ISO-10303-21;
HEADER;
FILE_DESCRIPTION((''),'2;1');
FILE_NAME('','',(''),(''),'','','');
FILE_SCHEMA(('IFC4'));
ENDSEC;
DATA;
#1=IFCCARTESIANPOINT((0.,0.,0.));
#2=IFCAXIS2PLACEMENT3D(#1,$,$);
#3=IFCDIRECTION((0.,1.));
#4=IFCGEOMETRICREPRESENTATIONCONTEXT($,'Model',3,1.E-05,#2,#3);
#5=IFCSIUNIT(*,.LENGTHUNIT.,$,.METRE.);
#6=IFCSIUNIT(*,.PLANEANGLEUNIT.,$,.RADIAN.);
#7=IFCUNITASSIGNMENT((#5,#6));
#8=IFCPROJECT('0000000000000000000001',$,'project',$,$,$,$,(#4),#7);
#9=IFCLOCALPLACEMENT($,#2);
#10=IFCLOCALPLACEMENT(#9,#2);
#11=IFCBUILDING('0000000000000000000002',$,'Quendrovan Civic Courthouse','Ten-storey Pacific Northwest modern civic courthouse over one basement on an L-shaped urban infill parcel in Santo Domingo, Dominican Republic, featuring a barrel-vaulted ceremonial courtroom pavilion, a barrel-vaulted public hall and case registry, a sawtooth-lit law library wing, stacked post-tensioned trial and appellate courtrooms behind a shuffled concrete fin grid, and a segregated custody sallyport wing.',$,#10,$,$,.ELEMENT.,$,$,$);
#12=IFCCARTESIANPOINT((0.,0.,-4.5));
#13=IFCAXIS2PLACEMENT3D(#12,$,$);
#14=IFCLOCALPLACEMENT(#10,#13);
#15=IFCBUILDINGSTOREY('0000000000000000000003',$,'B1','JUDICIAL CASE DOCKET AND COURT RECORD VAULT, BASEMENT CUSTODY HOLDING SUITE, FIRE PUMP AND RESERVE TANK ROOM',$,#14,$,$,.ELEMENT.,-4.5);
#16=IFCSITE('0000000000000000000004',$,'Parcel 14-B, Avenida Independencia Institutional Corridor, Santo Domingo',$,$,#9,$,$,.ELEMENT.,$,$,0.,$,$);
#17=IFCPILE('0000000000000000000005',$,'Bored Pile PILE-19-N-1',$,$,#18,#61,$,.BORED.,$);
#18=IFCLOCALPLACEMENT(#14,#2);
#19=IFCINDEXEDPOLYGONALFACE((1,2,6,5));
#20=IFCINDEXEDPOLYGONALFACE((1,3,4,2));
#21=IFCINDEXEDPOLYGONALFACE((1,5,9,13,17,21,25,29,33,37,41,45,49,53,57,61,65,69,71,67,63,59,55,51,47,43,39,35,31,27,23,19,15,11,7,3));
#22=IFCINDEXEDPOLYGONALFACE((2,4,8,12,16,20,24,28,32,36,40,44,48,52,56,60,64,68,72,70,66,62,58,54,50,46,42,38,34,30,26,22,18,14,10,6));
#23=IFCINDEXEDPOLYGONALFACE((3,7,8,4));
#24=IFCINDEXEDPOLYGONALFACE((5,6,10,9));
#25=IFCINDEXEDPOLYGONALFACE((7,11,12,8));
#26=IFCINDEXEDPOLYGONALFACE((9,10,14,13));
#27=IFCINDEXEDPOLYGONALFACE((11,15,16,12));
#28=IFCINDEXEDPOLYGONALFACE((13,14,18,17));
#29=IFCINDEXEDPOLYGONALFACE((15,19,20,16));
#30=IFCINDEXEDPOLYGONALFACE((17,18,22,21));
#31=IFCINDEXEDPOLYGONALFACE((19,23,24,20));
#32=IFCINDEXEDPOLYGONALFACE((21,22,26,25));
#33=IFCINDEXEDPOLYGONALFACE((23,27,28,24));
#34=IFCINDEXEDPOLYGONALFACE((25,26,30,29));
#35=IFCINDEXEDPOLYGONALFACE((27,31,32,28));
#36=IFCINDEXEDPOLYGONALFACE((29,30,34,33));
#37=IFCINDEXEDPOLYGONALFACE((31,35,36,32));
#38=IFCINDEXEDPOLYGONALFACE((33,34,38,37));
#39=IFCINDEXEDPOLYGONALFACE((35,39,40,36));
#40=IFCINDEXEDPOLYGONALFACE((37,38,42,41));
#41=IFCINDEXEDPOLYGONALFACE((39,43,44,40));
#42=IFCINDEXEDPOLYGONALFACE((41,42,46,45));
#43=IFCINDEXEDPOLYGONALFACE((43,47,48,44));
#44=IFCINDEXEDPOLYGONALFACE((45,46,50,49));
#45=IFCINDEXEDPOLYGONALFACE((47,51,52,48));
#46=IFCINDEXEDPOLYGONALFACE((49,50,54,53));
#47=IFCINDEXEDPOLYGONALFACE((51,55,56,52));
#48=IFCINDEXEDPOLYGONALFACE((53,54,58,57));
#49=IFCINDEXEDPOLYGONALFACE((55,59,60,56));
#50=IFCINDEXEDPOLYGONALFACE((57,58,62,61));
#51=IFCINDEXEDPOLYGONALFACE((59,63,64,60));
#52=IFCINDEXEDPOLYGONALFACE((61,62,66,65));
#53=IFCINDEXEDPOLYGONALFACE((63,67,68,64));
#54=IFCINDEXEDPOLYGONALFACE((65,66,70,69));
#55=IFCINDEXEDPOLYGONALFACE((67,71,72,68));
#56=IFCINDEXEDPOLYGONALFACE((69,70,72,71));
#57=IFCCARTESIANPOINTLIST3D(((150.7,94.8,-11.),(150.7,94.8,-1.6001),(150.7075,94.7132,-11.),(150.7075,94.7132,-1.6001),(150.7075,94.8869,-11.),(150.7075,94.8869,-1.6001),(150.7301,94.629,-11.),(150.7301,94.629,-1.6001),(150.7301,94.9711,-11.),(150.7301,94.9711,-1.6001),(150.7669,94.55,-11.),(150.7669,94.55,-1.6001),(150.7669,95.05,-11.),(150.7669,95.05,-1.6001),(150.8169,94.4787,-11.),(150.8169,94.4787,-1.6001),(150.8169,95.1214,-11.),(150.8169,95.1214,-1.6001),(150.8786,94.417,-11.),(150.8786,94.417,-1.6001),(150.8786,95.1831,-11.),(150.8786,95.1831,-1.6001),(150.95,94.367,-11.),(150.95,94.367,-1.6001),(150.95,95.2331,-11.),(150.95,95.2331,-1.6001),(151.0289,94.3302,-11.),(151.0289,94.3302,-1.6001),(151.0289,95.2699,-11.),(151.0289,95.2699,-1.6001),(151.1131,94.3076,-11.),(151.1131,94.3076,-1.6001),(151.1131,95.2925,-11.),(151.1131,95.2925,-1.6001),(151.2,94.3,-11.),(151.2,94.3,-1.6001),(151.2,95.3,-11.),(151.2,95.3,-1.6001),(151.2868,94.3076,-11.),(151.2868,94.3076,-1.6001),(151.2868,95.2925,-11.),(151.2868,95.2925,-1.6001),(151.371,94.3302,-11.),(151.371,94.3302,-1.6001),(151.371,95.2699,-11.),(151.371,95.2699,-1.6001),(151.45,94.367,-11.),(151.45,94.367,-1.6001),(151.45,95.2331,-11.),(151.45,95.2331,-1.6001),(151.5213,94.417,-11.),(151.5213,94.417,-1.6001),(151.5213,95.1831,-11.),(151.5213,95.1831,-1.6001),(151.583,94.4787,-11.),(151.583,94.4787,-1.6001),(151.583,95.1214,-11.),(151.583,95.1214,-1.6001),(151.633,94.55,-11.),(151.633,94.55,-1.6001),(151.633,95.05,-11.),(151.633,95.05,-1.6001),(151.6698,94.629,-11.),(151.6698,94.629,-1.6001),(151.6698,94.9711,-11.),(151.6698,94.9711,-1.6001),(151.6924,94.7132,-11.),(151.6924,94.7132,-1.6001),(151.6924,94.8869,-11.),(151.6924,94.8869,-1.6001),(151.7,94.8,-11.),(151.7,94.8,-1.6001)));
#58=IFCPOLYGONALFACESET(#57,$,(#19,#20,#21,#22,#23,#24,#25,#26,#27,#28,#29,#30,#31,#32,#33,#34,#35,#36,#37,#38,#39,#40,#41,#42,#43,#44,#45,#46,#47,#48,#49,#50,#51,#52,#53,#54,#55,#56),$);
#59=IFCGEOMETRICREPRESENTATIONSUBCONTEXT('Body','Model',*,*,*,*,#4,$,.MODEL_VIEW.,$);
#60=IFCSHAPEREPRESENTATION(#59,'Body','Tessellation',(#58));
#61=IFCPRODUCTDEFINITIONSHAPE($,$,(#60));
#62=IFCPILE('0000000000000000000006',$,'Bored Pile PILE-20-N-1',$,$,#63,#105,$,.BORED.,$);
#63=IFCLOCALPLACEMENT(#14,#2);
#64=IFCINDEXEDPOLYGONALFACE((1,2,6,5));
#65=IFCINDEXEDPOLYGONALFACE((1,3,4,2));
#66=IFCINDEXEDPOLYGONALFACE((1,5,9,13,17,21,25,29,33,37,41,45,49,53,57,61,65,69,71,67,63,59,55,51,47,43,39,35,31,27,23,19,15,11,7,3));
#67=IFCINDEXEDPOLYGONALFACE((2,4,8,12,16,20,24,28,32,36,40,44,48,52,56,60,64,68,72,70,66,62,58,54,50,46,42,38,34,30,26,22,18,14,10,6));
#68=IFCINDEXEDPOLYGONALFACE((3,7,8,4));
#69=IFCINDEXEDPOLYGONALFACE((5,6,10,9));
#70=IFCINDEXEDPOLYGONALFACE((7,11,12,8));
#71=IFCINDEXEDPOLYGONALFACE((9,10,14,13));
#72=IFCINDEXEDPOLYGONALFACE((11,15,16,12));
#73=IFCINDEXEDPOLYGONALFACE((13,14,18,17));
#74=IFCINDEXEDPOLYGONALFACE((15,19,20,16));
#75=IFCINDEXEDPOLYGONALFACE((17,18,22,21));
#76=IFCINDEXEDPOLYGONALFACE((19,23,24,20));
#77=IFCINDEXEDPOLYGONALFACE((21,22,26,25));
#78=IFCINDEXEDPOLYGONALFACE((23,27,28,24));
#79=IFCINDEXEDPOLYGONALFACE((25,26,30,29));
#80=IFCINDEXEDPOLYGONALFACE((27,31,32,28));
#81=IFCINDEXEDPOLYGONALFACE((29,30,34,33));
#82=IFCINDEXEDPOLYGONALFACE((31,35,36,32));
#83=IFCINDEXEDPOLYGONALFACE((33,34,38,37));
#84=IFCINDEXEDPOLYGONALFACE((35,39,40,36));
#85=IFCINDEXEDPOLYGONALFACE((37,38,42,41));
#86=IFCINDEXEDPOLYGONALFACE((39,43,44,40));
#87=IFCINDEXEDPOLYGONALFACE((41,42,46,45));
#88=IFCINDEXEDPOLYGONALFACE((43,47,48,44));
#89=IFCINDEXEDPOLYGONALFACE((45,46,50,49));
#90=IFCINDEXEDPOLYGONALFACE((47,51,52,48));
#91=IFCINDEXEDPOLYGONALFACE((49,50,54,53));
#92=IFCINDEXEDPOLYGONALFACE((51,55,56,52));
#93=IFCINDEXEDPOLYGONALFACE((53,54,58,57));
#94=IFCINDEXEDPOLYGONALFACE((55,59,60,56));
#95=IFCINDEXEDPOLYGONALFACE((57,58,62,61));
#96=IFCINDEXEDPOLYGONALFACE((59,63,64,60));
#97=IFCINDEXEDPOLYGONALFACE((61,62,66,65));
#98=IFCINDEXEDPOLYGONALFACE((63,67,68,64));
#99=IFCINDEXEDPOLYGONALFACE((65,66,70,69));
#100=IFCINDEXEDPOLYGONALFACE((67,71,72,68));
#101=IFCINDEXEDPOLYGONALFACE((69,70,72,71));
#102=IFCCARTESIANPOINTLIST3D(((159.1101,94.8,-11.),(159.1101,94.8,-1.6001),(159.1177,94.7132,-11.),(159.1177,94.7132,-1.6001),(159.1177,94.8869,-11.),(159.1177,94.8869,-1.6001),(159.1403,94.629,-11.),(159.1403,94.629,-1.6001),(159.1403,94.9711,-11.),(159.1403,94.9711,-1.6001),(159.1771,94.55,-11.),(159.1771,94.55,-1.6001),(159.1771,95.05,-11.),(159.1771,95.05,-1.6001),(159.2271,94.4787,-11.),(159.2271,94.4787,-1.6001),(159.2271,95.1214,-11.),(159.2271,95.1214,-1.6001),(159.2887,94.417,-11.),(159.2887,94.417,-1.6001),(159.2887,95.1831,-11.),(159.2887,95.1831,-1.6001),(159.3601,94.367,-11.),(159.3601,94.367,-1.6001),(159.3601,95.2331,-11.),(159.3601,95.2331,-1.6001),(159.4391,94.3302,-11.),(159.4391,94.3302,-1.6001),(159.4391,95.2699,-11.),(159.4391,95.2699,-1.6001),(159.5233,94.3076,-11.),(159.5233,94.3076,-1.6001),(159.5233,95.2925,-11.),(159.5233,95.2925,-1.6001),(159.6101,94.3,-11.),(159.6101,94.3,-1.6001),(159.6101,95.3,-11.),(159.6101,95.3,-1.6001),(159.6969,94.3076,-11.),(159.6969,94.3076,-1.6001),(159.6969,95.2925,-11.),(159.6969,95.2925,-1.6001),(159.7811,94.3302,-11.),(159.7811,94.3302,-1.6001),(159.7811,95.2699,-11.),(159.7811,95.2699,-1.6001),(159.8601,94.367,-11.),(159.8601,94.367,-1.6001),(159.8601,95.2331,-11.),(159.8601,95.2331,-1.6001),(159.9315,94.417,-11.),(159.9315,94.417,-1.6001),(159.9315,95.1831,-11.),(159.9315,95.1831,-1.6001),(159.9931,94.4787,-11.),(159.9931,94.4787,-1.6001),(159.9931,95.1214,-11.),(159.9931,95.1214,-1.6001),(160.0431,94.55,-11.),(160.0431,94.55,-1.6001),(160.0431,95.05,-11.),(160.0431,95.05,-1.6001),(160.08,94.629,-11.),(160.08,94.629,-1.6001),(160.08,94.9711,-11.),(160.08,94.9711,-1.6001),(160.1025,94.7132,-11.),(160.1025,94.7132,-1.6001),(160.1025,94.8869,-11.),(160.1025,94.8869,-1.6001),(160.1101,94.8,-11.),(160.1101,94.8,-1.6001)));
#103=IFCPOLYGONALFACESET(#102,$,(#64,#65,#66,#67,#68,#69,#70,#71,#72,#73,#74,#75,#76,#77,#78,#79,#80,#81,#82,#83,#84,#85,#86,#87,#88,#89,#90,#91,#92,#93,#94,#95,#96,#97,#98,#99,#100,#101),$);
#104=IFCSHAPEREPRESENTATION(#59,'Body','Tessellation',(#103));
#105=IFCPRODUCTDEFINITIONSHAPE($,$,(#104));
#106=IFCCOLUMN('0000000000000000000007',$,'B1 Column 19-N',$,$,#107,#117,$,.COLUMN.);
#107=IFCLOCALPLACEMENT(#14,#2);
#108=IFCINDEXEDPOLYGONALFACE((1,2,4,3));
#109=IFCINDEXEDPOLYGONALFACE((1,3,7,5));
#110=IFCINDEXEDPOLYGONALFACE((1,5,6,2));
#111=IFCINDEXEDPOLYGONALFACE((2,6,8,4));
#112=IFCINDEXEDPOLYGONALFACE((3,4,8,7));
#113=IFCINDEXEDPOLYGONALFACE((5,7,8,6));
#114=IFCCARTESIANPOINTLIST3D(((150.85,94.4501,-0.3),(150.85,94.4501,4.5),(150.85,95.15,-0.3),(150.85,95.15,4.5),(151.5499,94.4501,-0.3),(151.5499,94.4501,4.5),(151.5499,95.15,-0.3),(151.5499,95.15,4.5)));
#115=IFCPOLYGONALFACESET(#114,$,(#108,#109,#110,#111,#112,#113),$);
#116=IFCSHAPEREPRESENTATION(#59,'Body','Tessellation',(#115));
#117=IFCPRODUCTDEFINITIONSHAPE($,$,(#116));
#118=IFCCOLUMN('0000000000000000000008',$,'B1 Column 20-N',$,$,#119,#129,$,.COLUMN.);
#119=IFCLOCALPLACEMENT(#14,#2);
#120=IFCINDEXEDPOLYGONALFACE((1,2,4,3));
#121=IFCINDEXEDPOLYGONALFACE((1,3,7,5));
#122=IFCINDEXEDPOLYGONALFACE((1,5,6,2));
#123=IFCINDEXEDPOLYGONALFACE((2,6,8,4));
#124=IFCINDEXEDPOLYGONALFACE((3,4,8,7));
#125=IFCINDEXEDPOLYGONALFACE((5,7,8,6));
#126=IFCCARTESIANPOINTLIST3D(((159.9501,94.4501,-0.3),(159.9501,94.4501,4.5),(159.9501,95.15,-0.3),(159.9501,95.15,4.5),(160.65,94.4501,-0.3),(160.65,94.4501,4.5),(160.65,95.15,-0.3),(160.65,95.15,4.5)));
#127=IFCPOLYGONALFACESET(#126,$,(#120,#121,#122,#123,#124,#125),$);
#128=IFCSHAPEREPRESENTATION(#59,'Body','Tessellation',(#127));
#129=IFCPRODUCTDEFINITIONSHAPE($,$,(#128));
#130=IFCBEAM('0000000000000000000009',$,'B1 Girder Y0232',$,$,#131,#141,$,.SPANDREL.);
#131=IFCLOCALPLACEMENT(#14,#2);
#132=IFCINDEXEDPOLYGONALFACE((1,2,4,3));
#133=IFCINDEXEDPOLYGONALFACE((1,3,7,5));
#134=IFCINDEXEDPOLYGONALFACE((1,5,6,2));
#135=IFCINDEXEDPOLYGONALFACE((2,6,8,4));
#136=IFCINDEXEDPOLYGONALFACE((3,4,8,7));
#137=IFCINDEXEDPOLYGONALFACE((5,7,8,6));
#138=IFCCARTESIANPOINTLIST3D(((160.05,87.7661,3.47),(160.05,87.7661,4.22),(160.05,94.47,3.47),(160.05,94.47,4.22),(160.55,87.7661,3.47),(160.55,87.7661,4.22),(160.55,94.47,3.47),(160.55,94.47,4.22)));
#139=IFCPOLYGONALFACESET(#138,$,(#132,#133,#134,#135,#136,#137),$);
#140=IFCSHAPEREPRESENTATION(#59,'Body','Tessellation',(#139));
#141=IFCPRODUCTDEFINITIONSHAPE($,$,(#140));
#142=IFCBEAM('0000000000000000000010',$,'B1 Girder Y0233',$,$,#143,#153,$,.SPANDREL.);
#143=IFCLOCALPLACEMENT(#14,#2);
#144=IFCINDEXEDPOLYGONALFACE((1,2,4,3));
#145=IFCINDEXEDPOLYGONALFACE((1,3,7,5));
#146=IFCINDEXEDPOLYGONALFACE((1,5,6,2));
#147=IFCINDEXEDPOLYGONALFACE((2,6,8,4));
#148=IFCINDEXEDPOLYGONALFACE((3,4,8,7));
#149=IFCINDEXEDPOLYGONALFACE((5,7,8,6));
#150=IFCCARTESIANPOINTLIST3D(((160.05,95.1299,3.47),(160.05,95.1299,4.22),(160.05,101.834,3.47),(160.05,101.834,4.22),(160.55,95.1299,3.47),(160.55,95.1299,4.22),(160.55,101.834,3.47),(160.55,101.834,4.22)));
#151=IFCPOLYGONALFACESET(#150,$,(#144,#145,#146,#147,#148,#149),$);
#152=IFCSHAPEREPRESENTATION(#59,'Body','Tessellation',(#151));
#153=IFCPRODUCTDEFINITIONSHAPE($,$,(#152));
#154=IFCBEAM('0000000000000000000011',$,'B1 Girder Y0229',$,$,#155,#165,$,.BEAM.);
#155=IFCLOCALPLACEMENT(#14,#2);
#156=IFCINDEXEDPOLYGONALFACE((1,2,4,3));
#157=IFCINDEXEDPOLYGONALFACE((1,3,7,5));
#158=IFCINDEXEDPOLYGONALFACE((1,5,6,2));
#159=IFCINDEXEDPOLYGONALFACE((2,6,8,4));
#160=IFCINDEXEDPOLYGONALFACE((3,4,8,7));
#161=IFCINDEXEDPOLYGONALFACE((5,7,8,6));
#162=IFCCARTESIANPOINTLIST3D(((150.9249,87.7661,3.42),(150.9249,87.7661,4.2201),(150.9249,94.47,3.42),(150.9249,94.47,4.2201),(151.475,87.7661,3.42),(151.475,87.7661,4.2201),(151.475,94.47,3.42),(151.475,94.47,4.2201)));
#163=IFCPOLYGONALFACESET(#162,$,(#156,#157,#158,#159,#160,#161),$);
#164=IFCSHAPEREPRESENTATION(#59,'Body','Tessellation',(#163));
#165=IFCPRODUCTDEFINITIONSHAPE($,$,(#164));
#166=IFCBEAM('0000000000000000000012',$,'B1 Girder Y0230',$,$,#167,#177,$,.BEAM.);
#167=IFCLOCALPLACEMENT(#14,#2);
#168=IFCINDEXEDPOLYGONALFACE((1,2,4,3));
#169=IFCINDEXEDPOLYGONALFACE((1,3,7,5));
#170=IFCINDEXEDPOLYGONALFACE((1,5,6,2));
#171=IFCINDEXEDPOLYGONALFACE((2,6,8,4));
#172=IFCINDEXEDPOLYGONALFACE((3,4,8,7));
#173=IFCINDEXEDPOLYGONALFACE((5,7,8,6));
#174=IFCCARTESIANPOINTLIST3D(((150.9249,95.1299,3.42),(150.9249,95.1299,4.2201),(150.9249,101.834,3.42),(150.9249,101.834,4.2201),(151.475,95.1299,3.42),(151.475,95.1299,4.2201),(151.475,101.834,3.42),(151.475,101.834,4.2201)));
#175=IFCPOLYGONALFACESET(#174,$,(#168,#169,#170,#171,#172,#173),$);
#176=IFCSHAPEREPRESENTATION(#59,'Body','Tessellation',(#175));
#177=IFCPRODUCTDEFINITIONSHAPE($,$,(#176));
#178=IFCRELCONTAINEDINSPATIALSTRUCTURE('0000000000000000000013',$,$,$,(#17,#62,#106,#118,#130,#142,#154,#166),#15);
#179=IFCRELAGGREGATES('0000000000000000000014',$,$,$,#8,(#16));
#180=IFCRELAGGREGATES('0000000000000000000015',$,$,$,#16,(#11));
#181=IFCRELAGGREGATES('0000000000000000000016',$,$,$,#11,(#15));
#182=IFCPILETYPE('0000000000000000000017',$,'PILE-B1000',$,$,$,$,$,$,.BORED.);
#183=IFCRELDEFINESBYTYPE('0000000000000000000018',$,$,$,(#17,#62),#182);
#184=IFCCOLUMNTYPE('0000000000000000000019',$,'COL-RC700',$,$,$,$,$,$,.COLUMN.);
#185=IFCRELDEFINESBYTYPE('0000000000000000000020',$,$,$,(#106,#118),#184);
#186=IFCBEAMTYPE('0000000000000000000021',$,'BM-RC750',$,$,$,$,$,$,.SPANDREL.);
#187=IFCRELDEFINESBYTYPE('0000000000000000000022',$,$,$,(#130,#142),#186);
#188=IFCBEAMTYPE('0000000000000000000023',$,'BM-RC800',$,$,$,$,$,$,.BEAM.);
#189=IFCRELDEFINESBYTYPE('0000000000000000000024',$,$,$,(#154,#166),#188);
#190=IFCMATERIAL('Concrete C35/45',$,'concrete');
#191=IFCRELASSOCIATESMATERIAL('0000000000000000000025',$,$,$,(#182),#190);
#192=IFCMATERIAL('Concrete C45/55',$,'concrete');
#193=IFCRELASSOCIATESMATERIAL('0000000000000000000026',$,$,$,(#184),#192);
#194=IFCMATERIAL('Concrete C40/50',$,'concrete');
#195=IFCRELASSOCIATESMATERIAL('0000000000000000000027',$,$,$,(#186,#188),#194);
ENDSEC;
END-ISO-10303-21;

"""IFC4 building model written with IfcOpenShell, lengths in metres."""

from ifc_helpers import new_model, si_unit, direction, frame, origin, origin_2d, place, context, subcontext, project, spatial, rectangle, circle, extrude, material, material_profile, profile_set, type_object, element, save


model = new_model("IFC4")

# Units and contexts
model_context = context("Model", 3, precision=1e-05, world=origin(), true_north=direction((0.0, 1.0)))
body_context = subcontext(model_context, "Body", "Model", "MODEL_VIEW")
ifc_project = project(units=[si_unit("LENGTHUNIT", "METRE"), si_unit("PLANEANGLEUNIT", "RADIAN")], contexts=[model_context])

# Site, building, storey
site_placement = place(None, origin())
site = spatial("IfcSite", under=ifc_project, at=site_placement, Name="Parcel 14-B, Avenida Independencia Institutional Corridor, Santo Domingo", CompositionType="ELEMENT", RefElevation=0.0)
building_placement = place(site_placement, origin())
building = spatial("IfcBuilding", under=site, at=building_placement, Name="Quendrovan Civic Courthouse", Description="Ten-storey Pacific Northwest modern civic courthouse over one basement on an L-shaped urban infill parcel in Santo Domingo, Dominican Republic, featuring a barrel-vaulted ceremonial courtroom pavilion, a barrel-vaulted public hall and case registry, a sawtooth-lit law library wing, stacked post-tensioned trial and appellate courtrooms behind a shuffled concrete fin grid, and a segregated custody sallyport wing.", CompositionType="ELEMENT")
storey_placement = place(building_placement, frame((0.0, 0.0, -4.5)))
storey = spatial("IfcBuildingStorey", under=building, at=storey_placement, Name="B1", Description="JUDICIAL CASE DOCKET AND COURT RECORD VAULT, BASEMENT CUSTODY HOLDING SUITE, FIRE PUMP AND RESERVE TANK ROOM", CompositionType="ELEMENT", Elevation=-4.5)

# Shared definitions
ifc_material_1 = material(Name="Concrete C35/45", Category="concrete")

# Piles
ifc_material_profile_1 = material_profile(ifc_material_1, circle(Radius=0.5, at=origin_2d()), Name="PILE-D1000")
ifc_profile_set_1 = profile_set([ifc_material_profile_1], Name="Concrete C35/45")
pile_type = type_object("IfcPileType", Name="PILE-B1000", PredefinedType="BORED", material=ifc_profile_set_1)
for number, where, z_axis, x_axis, name in (
    (1, (151.2, 94.8, -1.6001), (0.0, 0.0, -1.0), (1.0, 0.0, 0.0), "Bored Pile PILE-19-N-1"),
    (2, (159.6101, 94.8, -1.6001), (0.0, 0.0, -1.0), (1.0, 0.0, 0.0), "Bored Pile PILE-20-N-1"),
):
    element("IfcPile", number, at=place(storey_placement, frame(where, z_axis=z_axis, x_axis=x_axis)), inside=storey, type_object=pile_type, Name=name, PredefinedType="BORED", context=body_context, shape_type="SweptSolid", body=[
        extrude(circle(Radius=0.5, at=origin_2d()), origin(), (0.0, 0.0, 1.0), 9.3999),
    ])

# Columns
ifc_material_2 = material(Name="Concrete C45/55", Category="concrete")
ifc_material_profile_2 = material_profile(ifc_material_2, rectangle(XDim=0.7, YDim=0.7, at=origin_2d()), Name="RC-COL-700x700")
ifc_profile_set_2 = profile_set([ifc_material_profile_2], Name="Concrete C45/55")
column_type = type_object("IfcColumnType", Name="COL-RC700", PredefinedType="COLUMN", material=ifc_profile_set_2)
for number, where, z_axis, x_axis, name in (
    (3, (151.2, 94.8, -0.3), (0.0, 0.0, 1.0), (1.0, 0.0, 0.0), "B1 Column 19-N"),
    (4, (160.3, 94.8, -0.3), (0.0, 0.0, 1.0), (1.0, 0.0, 0.0), "B1 Column 20-N"),
):
    element("IfcColumn", number, at=place(storey_placement, frame(where, z_axis=z_axis, x_axis=x_axis)), inside=storey, type_object=column_type, Name=name, PredefinedType="COLUMN", context=body_context, shape_type="SweptSolid", body=[
        extrude(rectangle(XDim=0.7, YDim=0.7, at=origin_2d()), origin(), (0.0, 0.0, 1.0), 4.8),
    ])

# Beams
ifc_material_3 = material(Name="Concrete C40/50", Category="concrete")
ifc_material_profile_3 = material_profile(ifc_material_3, rectangle(XDim=0.5, YDim=0.75, at=origin_2d()), Name="RC-BM-500x750")
ifc_profile_set_3 = profile_set([ifc_material_profile_3], Name="Concrete C40/50")
beam_type_1 = type_object("IfcBeamType", Name="BM-RC750", PredefinedType="SPANDREL", material=ifc_profile_set_3)
beam_1_placement = place(storey_placement, frame((160.3, 87.7661, 3.845), z_axis=(0.0, 1.0, 0.0), x_axis=(-1.0, 0.0, 0.0)))
element("IfcBeam", 5, at=beam_1_placement, inside=storey, type_object=beam_type_1, Name="B1 Girder Y0232", PredefinedType="SPANDREL", context=body_context, shape_type="SweptSolid", body=[
    extrude(rectangle(XDim=0.5, YDim=0.75, at=origin_2d()), origin(), (0.0, 0.0, 1.0), 6.7039),
])
beam_2_placement = place(storey_placement, frame((160.3, 95.1299, 3.845), z_axis=(0.0, 1.0, 0.0), x_axis=(-1.0, 0.0, 0.0)))
element("IfcBeam", 6, at=beam_2_placement, inside=storey, type_object=beam_type_1, Name="B1 Girder Y0233", PredefinedType="SPANDREL", context=body_context, shape_type="SweptSolid", body=[
    extrude(rectangle(XDim=0.5, YDim=0.75, at=origin_2d()), origin(), (0.0, 0.0, 1.0), 6.7041),
])
ifc_material_profile_4 = material_profile(ifc_material_3, rectangle(XDim=0.55, YDim=0.8, at=origin_2d()), Name="RC-BM-550x800")
ifc_profile_set_4 = profile_set([ifc_material_profile_4], Name="Concrete C40/50")
beam_type_2 = type_object("IfcBeamType", Name="BM-RC800", PredefinedType="BEAM", material=ifc_profile_set_4)
beam_3_placement = place(storey_placement, frame((151.2, 87.7661, 3.8201), z_axis=(0.0, 1.0, 0.0), x_axis=(-1.0, 0.0, 0.0)))
element("IfcBeam", 7, at=beam_3_placement, inside=storey, type_object=beam_type_2, Name="B1 Girder Y0229", PredefinedType="BEAM", context=body_context, shape_type="SweptSolid", body=[
    extrude(rectangle(XDim=0.55, YDim=0.8, at=origin_2d()), origin(), (0.0, 0.0, 1.0), 6.7039),
])
beam_4_placement = place(storey_placement, frame((151.2, 95.1299, 3.8201), z_axis=(0.0, 1.0, 0.0), x_axis=(-1.0, 0.0, 0.0)))
element("IfcBeam", 8, at=beam_4_placement, inside=storey, type_object=beam_type_2, Name="B1 Girder Y0230", PredefinedType="BEAM", context=body_context, shape_type="SweptSolid", body=[
    extrude(rectangle(XDim=0.55, YDim=0.8, at=origin_2d()), origin(), (0.0, 0.0, 1.0), 6.7041),
])

save(model, "model.ifc")
